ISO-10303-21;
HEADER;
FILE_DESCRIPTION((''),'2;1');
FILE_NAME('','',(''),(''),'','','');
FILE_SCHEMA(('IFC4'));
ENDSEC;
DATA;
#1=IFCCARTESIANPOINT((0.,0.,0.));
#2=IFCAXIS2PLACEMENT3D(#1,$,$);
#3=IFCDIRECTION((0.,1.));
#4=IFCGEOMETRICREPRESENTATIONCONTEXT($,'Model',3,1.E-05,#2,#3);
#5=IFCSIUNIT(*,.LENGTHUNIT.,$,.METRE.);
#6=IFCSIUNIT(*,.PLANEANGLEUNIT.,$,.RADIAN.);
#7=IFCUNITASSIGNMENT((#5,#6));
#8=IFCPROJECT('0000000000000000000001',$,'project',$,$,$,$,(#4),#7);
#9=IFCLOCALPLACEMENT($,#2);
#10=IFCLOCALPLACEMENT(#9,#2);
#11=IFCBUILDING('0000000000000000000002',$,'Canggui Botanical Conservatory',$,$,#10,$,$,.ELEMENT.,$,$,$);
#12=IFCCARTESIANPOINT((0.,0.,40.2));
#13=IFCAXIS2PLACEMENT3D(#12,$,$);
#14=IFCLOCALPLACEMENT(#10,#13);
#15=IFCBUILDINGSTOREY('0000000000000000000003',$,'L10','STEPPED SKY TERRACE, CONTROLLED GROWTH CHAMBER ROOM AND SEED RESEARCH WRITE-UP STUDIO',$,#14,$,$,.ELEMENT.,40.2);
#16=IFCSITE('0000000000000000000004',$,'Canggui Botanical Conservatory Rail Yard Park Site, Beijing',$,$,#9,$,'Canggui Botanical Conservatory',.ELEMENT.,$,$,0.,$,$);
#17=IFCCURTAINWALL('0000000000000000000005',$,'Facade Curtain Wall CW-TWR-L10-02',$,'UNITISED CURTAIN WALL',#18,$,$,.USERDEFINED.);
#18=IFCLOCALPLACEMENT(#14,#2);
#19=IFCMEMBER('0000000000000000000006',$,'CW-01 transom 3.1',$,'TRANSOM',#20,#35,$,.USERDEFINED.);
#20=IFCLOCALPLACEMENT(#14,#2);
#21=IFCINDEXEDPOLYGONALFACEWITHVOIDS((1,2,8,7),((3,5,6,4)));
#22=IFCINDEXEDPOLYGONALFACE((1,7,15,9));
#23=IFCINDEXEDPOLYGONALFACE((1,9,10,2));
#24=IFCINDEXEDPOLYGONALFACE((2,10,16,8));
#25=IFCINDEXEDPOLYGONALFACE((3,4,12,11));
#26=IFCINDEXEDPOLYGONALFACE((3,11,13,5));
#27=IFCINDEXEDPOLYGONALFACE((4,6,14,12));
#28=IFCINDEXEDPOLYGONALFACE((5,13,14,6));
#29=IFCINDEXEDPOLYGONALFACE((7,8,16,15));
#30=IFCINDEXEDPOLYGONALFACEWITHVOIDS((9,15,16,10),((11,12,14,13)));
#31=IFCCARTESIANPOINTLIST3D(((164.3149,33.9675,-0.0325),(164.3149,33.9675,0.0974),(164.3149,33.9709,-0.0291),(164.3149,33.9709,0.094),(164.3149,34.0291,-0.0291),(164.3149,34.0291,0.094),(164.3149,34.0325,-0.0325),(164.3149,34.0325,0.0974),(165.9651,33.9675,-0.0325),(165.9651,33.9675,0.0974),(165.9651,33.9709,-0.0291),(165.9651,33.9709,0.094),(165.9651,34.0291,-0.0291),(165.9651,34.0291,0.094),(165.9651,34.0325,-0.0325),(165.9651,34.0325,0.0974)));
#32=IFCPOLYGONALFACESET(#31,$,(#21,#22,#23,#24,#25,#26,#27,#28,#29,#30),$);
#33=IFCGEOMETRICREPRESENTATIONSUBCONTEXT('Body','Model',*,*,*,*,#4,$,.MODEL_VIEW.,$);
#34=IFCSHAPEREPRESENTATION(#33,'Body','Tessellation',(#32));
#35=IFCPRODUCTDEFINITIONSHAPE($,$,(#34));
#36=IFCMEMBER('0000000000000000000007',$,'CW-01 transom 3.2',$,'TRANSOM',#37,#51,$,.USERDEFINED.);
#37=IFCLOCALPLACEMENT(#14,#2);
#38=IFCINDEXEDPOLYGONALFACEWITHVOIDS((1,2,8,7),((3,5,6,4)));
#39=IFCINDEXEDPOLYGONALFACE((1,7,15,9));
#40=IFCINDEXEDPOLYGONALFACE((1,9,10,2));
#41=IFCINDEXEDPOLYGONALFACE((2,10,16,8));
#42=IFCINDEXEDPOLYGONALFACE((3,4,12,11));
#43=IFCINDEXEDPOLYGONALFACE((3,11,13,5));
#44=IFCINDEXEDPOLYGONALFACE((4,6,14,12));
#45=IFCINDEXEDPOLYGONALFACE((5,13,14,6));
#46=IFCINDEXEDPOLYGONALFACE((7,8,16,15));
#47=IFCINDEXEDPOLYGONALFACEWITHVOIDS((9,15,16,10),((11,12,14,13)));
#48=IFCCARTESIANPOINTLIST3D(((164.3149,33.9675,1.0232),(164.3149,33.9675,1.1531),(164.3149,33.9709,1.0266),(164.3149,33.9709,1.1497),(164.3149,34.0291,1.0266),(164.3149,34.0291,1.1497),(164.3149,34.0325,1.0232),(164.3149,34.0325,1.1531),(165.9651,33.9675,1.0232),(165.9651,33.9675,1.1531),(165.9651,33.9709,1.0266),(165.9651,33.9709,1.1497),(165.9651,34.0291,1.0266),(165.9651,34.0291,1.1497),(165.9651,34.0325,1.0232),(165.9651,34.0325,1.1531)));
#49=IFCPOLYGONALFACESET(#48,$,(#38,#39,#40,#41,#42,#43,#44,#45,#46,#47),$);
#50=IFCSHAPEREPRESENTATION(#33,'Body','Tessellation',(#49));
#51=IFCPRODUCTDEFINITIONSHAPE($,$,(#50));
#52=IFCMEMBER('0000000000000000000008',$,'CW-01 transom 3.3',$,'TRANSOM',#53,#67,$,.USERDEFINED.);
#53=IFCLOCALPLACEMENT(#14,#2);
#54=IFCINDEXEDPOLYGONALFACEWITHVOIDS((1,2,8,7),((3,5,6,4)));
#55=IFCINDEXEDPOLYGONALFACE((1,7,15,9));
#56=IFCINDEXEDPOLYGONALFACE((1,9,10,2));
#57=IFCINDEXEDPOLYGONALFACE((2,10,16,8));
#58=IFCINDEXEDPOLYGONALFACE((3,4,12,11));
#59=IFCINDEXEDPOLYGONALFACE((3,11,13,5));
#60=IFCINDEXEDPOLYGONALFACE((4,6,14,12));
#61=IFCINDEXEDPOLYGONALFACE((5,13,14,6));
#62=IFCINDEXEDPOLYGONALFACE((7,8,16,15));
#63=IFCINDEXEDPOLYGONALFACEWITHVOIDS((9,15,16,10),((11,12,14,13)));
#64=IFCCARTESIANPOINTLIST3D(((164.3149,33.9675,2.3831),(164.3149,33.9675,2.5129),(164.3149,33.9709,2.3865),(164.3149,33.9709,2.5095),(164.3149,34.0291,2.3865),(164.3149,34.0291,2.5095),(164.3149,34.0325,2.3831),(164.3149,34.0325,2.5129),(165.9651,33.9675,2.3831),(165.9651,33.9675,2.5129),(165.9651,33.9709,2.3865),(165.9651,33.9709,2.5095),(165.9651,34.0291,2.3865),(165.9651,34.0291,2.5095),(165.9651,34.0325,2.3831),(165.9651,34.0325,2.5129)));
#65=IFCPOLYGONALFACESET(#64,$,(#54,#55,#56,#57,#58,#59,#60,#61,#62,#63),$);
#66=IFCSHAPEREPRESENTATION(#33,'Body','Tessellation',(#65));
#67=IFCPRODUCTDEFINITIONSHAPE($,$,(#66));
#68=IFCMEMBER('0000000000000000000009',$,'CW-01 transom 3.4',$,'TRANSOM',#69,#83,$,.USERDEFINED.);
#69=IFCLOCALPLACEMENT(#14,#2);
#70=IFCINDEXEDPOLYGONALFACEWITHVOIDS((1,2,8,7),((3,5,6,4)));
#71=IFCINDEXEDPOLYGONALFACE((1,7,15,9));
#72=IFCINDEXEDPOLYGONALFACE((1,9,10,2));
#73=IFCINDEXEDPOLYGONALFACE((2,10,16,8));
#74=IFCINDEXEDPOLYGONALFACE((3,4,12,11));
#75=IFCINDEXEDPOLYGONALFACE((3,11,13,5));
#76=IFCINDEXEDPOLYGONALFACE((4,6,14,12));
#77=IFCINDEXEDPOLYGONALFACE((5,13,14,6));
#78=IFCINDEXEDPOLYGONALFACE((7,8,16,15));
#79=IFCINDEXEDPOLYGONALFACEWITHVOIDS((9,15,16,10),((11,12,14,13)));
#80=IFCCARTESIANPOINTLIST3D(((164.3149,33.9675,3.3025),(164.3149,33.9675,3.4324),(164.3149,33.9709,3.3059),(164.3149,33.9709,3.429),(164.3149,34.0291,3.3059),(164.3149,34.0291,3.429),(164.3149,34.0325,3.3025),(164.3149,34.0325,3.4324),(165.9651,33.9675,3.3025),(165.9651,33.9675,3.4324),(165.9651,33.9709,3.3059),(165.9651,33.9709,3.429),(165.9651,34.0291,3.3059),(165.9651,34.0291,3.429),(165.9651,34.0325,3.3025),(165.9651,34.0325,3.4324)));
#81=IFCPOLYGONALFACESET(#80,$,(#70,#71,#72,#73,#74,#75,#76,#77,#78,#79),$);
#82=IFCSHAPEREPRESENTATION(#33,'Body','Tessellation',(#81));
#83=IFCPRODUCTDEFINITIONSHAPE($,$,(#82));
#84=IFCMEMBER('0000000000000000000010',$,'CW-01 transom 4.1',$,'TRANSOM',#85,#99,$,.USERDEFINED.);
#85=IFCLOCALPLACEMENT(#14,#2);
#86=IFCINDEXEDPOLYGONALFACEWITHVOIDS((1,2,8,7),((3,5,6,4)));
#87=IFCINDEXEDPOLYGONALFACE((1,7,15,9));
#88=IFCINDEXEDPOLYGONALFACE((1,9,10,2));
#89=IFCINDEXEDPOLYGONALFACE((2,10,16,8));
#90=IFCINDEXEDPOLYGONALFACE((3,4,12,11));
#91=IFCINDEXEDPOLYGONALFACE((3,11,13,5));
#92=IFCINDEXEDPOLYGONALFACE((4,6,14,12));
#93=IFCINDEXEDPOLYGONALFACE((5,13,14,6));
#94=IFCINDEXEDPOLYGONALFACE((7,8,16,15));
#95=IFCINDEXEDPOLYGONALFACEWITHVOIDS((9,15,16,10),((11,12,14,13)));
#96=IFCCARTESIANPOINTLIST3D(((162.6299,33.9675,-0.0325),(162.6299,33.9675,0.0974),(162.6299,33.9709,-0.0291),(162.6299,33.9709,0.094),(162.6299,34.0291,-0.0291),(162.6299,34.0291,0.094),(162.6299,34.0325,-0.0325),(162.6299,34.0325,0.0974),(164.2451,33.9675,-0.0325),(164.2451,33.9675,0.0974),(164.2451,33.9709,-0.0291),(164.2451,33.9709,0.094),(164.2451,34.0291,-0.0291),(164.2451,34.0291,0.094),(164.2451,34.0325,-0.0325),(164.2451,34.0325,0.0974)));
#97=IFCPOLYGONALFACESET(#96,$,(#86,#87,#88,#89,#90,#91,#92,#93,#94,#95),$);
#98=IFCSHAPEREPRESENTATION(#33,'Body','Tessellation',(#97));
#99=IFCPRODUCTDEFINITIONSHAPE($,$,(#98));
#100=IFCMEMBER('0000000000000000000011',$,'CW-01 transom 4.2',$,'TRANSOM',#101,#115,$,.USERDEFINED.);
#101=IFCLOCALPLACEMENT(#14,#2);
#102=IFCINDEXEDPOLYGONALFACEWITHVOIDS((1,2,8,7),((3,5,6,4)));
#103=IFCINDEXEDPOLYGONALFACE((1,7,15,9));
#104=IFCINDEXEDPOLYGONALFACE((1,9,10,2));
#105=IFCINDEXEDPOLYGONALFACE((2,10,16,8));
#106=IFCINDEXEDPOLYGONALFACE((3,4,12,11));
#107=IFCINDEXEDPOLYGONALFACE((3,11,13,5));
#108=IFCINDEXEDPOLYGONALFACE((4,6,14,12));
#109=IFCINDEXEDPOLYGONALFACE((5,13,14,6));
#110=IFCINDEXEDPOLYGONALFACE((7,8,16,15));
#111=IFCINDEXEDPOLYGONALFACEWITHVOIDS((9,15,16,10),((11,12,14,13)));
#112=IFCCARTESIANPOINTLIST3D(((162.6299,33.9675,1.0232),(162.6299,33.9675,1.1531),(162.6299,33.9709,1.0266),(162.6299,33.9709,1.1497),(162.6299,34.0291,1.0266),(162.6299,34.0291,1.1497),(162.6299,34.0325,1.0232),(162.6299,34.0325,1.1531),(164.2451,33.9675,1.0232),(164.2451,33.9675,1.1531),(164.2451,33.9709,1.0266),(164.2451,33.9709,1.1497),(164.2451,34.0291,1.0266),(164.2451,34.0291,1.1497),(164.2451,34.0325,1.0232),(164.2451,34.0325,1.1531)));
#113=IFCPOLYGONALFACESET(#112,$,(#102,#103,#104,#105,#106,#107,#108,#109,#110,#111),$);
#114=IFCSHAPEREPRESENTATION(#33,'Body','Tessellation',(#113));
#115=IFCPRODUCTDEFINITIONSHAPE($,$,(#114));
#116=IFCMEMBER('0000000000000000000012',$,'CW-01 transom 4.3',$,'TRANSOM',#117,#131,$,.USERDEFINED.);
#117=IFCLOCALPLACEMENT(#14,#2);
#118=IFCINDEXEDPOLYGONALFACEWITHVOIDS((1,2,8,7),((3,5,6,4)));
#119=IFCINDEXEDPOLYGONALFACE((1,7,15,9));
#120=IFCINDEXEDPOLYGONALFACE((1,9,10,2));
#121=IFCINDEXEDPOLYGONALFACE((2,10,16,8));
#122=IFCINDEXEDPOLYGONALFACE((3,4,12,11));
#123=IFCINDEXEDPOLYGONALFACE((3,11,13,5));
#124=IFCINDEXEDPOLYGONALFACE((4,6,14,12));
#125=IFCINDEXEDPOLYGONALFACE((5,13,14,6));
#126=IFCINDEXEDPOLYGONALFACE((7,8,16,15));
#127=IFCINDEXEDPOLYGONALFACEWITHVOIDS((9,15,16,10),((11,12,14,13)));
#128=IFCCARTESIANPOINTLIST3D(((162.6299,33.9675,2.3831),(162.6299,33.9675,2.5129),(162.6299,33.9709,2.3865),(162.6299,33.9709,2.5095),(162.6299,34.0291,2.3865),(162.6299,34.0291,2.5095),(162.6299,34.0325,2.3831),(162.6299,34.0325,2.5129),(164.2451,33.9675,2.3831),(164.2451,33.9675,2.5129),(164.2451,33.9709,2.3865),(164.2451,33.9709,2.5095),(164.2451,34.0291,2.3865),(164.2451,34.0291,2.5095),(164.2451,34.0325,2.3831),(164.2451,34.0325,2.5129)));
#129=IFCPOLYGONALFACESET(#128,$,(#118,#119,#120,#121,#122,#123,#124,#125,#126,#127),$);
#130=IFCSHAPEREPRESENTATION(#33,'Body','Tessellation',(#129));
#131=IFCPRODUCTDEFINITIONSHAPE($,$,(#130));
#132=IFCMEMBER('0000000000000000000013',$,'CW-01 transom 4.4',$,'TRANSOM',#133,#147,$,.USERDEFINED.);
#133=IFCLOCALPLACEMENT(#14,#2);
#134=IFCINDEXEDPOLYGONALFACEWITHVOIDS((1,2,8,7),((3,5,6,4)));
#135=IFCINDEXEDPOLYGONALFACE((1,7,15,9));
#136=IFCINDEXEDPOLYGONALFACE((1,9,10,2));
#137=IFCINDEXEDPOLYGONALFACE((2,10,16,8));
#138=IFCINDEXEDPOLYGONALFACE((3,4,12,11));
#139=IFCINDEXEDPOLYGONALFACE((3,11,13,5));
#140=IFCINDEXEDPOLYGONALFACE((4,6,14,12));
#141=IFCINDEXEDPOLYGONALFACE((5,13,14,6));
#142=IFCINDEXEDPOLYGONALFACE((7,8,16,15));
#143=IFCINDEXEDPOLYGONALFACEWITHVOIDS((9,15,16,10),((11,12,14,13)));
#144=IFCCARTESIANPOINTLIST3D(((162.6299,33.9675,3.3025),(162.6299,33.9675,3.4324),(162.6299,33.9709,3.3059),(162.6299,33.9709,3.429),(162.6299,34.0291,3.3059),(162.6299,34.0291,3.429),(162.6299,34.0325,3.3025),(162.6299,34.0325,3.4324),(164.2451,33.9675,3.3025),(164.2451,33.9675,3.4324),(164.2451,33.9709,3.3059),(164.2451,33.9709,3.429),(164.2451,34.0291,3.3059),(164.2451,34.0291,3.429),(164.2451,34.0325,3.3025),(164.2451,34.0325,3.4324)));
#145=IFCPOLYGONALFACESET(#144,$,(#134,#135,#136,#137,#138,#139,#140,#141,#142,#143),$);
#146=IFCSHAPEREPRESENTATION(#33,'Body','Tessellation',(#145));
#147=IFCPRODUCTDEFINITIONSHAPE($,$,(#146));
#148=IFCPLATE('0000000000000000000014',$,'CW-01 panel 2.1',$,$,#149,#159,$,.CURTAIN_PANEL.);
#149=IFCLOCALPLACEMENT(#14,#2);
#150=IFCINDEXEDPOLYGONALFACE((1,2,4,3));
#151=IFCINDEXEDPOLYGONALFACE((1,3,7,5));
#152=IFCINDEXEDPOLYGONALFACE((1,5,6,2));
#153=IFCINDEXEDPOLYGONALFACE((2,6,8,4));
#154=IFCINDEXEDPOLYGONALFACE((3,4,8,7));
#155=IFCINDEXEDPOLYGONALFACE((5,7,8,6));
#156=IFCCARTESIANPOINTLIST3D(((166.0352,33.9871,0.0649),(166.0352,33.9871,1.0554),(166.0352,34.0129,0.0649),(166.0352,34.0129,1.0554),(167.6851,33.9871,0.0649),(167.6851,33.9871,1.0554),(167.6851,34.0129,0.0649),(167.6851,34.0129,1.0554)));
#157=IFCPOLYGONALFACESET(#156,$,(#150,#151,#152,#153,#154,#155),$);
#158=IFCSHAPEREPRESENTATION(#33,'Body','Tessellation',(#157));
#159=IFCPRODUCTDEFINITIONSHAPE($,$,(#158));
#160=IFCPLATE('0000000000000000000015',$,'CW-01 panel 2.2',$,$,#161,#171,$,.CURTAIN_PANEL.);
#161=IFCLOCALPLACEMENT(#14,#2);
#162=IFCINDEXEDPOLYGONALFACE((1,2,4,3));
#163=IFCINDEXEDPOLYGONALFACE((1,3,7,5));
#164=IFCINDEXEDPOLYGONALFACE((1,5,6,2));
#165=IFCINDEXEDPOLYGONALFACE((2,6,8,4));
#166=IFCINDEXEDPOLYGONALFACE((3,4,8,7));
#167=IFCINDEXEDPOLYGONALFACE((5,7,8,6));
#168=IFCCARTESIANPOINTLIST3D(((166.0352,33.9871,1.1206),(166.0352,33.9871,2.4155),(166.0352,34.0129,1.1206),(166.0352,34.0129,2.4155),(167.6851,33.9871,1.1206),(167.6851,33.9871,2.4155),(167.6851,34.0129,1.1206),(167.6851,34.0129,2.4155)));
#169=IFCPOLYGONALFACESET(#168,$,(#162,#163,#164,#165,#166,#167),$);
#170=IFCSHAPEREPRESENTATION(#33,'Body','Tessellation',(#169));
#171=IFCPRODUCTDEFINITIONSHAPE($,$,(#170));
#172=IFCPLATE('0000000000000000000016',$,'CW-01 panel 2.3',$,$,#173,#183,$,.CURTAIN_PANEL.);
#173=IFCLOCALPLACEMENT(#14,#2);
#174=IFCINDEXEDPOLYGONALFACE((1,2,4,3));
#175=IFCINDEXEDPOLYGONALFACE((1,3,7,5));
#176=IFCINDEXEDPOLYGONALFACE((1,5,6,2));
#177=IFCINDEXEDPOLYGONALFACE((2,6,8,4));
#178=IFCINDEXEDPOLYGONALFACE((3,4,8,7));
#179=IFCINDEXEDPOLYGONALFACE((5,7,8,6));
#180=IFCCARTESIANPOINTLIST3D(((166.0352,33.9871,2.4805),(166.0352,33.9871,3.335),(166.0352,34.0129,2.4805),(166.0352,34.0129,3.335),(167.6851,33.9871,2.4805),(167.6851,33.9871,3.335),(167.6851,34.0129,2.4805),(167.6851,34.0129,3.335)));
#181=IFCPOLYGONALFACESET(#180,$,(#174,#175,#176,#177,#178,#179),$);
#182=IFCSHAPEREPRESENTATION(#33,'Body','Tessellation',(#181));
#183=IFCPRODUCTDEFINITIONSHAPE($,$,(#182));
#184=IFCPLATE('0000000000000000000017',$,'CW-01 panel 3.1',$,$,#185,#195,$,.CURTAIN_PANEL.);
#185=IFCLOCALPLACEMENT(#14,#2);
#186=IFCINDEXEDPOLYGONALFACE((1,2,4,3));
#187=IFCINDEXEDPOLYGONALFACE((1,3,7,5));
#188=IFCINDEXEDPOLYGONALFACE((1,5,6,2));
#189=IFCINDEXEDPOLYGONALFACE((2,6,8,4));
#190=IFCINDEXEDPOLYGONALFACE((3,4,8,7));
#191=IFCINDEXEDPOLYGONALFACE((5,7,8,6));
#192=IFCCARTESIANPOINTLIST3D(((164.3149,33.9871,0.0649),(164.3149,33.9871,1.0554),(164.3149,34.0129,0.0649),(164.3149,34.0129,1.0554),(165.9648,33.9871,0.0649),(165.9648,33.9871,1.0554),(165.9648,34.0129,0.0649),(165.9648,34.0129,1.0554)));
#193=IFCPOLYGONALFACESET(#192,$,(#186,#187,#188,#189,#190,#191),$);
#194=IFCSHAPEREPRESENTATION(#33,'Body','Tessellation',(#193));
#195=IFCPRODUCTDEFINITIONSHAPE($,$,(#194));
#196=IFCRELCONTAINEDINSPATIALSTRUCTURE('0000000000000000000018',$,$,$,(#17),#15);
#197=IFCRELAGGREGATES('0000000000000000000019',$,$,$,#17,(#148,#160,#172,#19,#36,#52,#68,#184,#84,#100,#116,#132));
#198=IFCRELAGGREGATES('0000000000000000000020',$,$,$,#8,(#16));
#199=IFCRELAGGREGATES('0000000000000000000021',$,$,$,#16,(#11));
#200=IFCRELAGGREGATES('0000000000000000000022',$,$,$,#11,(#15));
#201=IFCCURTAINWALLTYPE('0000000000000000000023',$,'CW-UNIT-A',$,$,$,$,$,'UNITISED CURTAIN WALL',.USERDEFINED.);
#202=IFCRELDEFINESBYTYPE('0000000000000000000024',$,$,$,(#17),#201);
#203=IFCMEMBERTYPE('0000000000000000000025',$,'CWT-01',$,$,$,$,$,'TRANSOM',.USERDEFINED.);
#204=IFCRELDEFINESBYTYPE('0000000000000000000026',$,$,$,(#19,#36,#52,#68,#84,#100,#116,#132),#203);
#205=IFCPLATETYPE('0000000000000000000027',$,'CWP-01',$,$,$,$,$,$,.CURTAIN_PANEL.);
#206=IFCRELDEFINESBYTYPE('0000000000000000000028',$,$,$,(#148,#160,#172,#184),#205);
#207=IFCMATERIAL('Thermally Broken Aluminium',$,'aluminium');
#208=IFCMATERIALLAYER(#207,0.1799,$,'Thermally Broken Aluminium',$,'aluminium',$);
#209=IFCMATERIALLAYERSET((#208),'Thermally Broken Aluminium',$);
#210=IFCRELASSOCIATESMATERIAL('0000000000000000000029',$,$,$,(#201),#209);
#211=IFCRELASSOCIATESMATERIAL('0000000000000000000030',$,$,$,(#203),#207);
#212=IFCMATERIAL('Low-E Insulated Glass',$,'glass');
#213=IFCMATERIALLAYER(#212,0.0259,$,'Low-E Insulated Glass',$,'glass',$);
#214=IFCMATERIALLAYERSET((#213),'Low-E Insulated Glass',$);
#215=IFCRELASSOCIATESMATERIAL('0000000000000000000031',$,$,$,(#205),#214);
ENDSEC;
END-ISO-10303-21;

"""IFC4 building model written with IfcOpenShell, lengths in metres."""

from ifc_helpers import new_model, si_unit, direction, frame, origin, origin_2d, place, context, subcontext, project, spatial, rectangle, hollow_rectangle, extrude, material, layer, layer_set, material_profile, profile_set, type_object, element, aggregate, save


model = new_model("IFC4")

# Units and contexts
model_context = context("Model", 3, precision=1e-05, world=origin(), true_north=direction((0.0, 1.0)))
body_context = subcontext(model_context, "Body", "Model", "MODEL_VIEW")
ifc_project = project(units=[si_unit("LENGTHUNIT", "METRE"), si_unit("PLANEANGLEUNIT", "RADIAN")], contexts=[model_context])

# Site, building, storey
site_placement = place(None, origin())
site = spatial("IfcSite", under=ifc_project, at=site_placement, Name="Canggui Botanical Conservatory Rail Yard Park Site, Beijing", LongName="Canggui Botanical Conservatory", CompositionType="ELEMENT", RefElevation=0.0)
building_placement = place(site_placement, origin())
building = spatial("IfcBuilding", under=site, at=building_placement, Name="Canggui Botanical Conservatory", CompositionType="ELEMENT")
storey_placement = place(building_placement, frame((0.0, 0.0, 40.2)))
storey = spatial("IfcBuildingStorey", under=building, at=storey_placement, Name="L10", Description="STEPPED SKY TERRACE, CONTROLLED GROWTH CHAMBER ROOM AND SEED RESEARCH WRITE-UP STUDIO", CompositionType="ELEMENT", Elevation=40.2)

# Curtain wall, members, plates
ifc_material_1 = material(Name="Thermally Broken Aluminium", Category="aluminium")
ifc_layer_1 = layer(ifc_material_1, 0.1799, Name="Thermally Broken Aluminium", Category="aluminium")
ifc_layer_set_1 = layer_set([ifc_layer_1], Name="Thermally Broken Aluminium")
curtain_wall_type = type_object("IfcCurtainWallType", Name="CW-UNIT-A", ElementType="UNITISED CURTAIN WALL", PredefinedType="USERDEFINED", material=ifc_layer_set_1)
curtain_wall_placement = place(storey_placement, origin())
curtain_wall = element("IfcCurtainWall", 1, at=curtain_wall_placement, inside=storey, type_object=curtain_wall_type, Name="Facade Curtain Wall CW-TWR-L10-02", ObjectType="UNITISED CURTAIN WALL", PredefinedType="USERDEFINED")
ifc_material_profile_1 = material_profile(ifc_material_1, hollow_rectangle(XDim=0.0649, YDim=0.1299, WallThickness=0.0034, at=origin_2d()), Name="CWT 65x130x3.5")
ifc_profile_set_1 = profile_set([ifc_material_profile_1], Name="Thermally Broken Aluminium")
member_type_1 = type_object("IfcMemberType", Name="CWT-01", ElementType="TRANSOM", PredefinedType="USERDEFINED", material=ifc_profile_set_1)
member_1_placement = place(storey_placement, frame((165.9651, 34.0, 0.0325), z_axis=(-1.0, 0.0, 0.0), x_axis=(0.0, -1.0, 0.0)))
member_1 = element("IfcMember", 2, at=member_1_placement, type_object=member_type_1, Name="CW-01 transom 3.1", ObjectType="TRANSOM", PredefinedType="USERDEFINED", context=body_context, shape_type="SweptSolid", body=[
    extrude(hollow_rectangle(XDim=0.0649, YDim=0.1299, WallThickness=0.0034, at=origin_2d()), origin(), (0.0, 0.0, 1.0), 1.6501),
])
member_2_placement = place(storey_placement, frame((165.9651, 34.0, 1.0881), z_axis=(-1.0, 0.0, 0.0), x_axis=(0.0, -1.0, 0.0)))
member_2 = element("IfcMember", 3, at=member_2_placement, type_object=member_type_1, Name="CW-01 transom 3.2", ObjectType="TRANSOM", PredefinedType="USERDEFINED", context=body_context, shape_type="SweptSolid", body=[
    extrude(hollow_rectangle(XDim=0.0649, YDim=0.1299, WallThickness=0.0034, at=origin_2d()), origin(), (0.0, 0.0, 1.0), 1.6501),
])
member_3_placement = place(storey_placement, frame((165.9651, 34.0, 2.448), z_axis=(-1.0, 0.0, 0.0), x_axis=(0.0, -1.0, 0.0)))
member_3 = element("IfcMember", 4, at=member_3_placement, type_object=member_type_1, Name="CW-01 transom 3.3", ObjectType="TRANSOM", PredefinedType="USERDEFINED", context=body_context, shape_type="SweptSolid", body=[
    extrude(hollow_rectangle(XDim=0.0649, YDim=0.1299, WallThickness=0.0034, at=origin_2d()), origin(), (0.0, 0.0, 1.0), 1.6501),
])
member_4_placement = place(storey_placement, frame((165.9651, 34.0, 3.3674), z_axis=(-1.0, 0.0, 0.0), x_axis=(0.0, -1.0, 0.0)))
member_4 = element("IfcMember", 5, at=member_4_placement, type_object=member_type_1, Name="CW-01 transom 3.4", ObjectType="TRANSOM", PredefinedType="USERDEFINED", context=body_context, shape_type="SweptSolid", body=[
    extrude(hollow_rectangle(XDim=0.0649, YDim=0.1299, WallThickness=0.0034, at=origin_2d()), origin(), (0.0, 0.0, 1.0), 1.6501),
])
member_5_placement = place(storey_placement, frame((164.2451, 34.0, 0.0325), z_axis=(-1.0, 0.0, 0.0), x_axis=(0.0, -1.0, 0.0)))
member_5 = element("IfcMember", 6, at=member_5_placement, type_object=member_type_1, Name="CW-01 transom 4.1", ObjectType="TRANSOM", PredefinedType="USERDEFINED", context=body_context, shape_type="SweptSolid", body=[
    extrude(hollow_rectangle(XDim=0.0649, YDim=0.1299, WallThickness=0.0034, at=origin_2d()), origin(), (0.0, 0.0, 1.0), 1.6152),
])
member_6_placement = place(storey_placement, frame((164.2451, 34.0, 1.0881), z_axis=(-1.0, 0.0, 0.0), x_axis=(0.0, -1.0, 0.0)))
member_6 = element("IfcMember", 7, at=member_6_placement, type_object=member_type_1, Name="CW-01 transom 4.2", ObjectType="TRANSOM", PredefinedType="USERDEFINED", context=body_context, shape_type="SweptSolid", body=[
    extrude(hollow_rectangle(XDim=0.0649, YDim=0.1299, WallThickness=0.0034, at=origin_2d()), origin(), (0.0, 0.0, 1.0), 1.6152),
])
member_7_placement = place(storey_placement, frame((164.2451, 34.0, 2.448), z_axis=(-1.0, 0.0, 0.0), x_axis=(0.0, -1.0, 0.0)))
member_7 = element("IfcMember", 8, at=member_7_placement, type_object=member_type_1, Name="CW-01 transom 4.3", ObjectType="TRANSOM", PredefinedType="USERDEFINED", context=body_context, shape_type="SweptSolid", body=[
    extrude(hollow_rectangle(XDim=0.0649, YDim=0.1299, WallThickness=0.0034, at=origin_2d()), origin(), (0.0, 0.0, 1.0), 1.6152),
])
member_8_placement = place(storey_placement, frame((164.2451, 34.0, 3.3674), z_axis=(-1.0, 0.0, 0.0), x_axis=(0.0, -1.0, 0.0)))
member_8 = element("IfcMember", 9, at=member_8_placement, type_object=member_type_1, Name="CW-01 transom 4.4", ObjectType="TRANSOM", PredefinedType="USERDEFINED", context=body_context, shape_type="SweptSolid", body=[
    extrude(hollow_rectangle(XDim=0.0649, YDim=0.1299, WallThickness=0.0034, at=origin_2d()), origin(), (0.0, 0.0, 1.0), 1.6152),
])
ifc_material_2 = material(Name="Low-E Insulated Glass", Category="glass")
ifc_layer_2 = layer(ifc_material_2, 0.0259, Name="Low-E Insulated Glass", Category="glass")
ifc_layer_set_2 = layer_set([ifc_layer_2], Name="Low-E Insulated Glass")
plate_type = type_object("IfcPlateType", Name="CWP-01", PredefinedType="CURTAIN_PANEL", material=ifc_layer_set_2)
plate_1_placement = place(storey_placement, frame((166.8601, 34.0, 0.0649), z_axis=(0.0, 0.0, 1.0), x_axis=(-1.0, 0.0, 0.0)))
plate_1 = element("IfcPlate", 10, at=plate_1_placement, type_object=plate_type, Name="CW-01 panel 2.1", PredefinedType="CURTAIN_PANEL", context=body_context, shape_type="SweptSolid", body=[
    extrude(rectangle(XDim=1.6499, YDim=0.0259, at=origin_2d()), origin(), (0.0, 0.0, 1.0), 0.9905),
])
plate_2_placement = place(storey_placement, frame((166.8601, 34.0, 1.1206), z_axis=(0.0, 0.0, 1.0), x_axis=(-1.0, 0.0, 0.0)))
plate_2 = element("IfcPlate", 11, at=plate_2_placement, type_object=plate_type, Name="CW-01 panel 2.2", PredefinedType="CURTAIN_PANEL", context=body_context, shape_type="SweptSolid", body=[
    extrude(rectangle(XDim=1.6499, YDim=0.0259, at=origin_2d()), origin(), (0.0, 0.0, 1.0), 1.2949),
])
plate_3_placement = place(storey_placement, frame((166.8601, 34.0, 2.4805), z_axis=(0.0, 0.0, 1.0), x_axis=(-1.0, 0.0, 0.0)))
plate_3 = element("IfcPlate", 12, at=plate_3_placement, type_object=plate_type, Name="CW-01 panel 2.3", PredefinedType="CURTAIN_PANEL", context=body_context, shape_type="SweptSolid", body=[
    extrude(rectangle(XDim=1.6499, YDim=0.0259, at=origin_2d()), origin(), (0.0, 0.0, 1.0), 0.8545),
])
plate_4_placement = place(storey_placement, frame((165.1399, 34.0, 0.0649), z_axis=(0.0, 0.0, 1.0), x_axis=(-1.0, 0.0, 0.0)))
plate_4 = element("IfcPlate", 13, at=plate_4_placement, type_object=plate_type, Name="CW-01 panel 3.1", PredefinedType="CURTAIN_PANEL", context=body_context, shape_type="SweptSolid", body=[
    extrude(rectangle(XDim=1.6499, YDim=0.0259, at=origin_2d()), origin(), (0.0, 0.0, 1.0), 0.9905),
])
aggregate(curtain_wall, [plate_1, plate_2, plate_3, member_1, member_2, member_3, member_4, plate_4, member_5, member_6, member_7, member_8])

save(model, "model.ifc")
